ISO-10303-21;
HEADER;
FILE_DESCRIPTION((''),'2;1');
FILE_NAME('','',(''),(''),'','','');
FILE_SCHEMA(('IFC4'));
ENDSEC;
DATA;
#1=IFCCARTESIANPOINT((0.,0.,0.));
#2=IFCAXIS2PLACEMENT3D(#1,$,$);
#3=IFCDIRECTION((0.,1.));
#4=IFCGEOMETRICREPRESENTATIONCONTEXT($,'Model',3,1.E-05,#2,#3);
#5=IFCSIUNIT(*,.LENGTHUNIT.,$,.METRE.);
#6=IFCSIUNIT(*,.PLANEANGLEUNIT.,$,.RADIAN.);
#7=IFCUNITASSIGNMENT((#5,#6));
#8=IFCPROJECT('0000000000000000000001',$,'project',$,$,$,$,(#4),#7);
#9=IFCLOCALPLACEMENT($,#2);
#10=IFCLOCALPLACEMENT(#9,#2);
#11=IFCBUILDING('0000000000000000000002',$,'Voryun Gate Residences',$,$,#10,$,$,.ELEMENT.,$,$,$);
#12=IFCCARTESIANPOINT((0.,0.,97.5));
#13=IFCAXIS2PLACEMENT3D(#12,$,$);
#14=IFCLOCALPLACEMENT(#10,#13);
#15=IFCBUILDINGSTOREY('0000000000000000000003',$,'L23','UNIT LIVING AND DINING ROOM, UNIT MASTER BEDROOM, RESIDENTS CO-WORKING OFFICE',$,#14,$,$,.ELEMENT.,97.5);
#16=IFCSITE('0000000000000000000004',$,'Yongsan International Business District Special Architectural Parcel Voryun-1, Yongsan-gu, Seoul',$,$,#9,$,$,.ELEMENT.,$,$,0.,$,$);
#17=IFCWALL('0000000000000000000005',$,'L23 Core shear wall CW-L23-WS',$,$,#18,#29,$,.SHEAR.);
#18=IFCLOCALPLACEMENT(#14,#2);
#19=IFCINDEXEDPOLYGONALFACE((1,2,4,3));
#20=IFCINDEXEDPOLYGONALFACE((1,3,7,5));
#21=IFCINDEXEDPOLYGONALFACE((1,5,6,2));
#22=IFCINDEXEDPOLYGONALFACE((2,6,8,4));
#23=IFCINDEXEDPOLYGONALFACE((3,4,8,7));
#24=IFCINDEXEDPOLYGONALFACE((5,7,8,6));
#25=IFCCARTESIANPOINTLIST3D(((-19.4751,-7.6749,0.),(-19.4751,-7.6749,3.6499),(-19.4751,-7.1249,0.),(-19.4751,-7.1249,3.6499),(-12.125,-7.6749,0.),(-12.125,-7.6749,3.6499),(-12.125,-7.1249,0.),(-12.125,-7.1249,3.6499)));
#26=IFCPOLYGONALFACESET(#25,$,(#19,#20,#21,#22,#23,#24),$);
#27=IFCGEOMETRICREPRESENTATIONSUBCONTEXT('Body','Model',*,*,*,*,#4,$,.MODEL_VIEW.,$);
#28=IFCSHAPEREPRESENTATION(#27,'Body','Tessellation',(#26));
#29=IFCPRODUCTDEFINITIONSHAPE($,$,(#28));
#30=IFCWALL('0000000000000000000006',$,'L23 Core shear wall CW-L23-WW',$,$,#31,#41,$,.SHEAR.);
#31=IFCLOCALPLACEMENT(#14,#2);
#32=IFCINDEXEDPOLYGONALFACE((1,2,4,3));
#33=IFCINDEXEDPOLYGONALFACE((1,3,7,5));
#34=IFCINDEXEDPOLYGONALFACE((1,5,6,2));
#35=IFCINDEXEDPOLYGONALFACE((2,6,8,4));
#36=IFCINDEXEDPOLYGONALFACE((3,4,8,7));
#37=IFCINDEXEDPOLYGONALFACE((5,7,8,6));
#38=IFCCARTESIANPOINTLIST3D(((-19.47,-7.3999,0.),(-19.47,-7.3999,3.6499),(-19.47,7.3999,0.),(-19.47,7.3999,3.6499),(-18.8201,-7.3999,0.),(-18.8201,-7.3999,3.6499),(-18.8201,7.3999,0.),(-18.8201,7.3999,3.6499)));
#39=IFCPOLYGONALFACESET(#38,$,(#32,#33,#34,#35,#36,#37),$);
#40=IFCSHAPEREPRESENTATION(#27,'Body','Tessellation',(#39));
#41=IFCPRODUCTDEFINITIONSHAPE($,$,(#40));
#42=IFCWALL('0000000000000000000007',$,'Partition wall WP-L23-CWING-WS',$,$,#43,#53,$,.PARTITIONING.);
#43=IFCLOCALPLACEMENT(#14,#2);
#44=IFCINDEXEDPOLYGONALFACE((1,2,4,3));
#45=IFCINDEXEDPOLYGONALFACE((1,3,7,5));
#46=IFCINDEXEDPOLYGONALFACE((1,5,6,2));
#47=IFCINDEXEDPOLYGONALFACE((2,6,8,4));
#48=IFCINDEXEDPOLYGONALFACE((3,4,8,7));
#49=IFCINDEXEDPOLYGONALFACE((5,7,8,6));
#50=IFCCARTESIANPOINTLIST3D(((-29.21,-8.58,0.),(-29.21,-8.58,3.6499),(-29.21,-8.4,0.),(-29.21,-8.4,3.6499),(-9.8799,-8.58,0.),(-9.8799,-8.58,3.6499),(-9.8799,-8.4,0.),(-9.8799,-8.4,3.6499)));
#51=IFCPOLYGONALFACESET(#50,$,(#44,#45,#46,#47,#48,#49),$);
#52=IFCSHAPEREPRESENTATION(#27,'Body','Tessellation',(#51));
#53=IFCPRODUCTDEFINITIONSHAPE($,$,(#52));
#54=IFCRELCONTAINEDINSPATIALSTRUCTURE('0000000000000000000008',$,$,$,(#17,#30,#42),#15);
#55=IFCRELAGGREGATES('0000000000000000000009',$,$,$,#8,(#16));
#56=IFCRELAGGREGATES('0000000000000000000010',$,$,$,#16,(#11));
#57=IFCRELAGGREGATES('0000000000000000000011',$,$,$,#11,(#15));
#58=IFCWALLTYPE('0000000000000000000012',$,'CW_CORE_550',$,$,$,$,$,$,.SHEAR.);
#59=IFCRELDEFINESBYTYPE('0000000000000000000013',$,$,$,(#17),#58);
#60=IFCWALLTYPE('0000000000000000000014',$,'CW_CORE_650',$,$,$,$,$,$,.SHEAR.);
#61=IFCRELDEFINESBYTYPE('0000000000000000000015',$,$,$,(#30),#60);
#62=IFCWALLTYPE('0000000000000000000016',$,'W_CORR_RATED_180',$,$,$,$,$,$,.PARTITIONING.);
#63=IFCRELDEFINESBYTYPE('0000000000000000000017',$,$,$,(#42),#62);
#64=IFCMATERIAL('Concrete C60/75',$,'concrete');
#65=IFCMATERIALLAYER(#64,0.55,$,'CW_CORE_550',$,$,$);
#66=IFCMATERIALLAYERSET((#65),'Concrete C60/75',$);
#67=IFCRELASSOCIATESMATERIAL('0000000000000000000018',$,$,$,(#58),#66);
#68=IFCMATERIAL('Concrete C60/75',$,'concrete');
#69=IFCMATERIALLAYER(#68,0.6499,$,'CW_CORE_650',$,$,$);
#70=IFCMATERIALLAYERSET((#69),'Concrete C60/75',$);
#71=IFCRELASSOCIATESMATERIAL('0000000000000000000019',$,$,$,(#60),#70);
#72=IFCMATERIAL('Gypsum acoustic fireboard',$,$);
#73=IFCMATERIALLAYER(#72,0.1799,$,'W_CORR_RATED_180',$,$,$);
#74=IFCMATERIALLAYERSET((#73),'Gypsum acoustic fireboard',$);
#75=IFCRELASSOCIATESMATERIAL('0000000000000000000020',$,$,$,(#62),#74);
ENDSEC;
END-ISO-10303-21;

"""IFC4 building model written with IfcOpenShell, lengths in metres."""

from ifc_helpers import new_model, si_unit, direction, frame, frame_2d, origin, place, context, subcontext, project, spatial, rectangle, extrude, material, layer, layer_set, type_object, element, save


model = new_model("IFC4")

# Units and contexts
model_context = context("Model", 3, precision=1e-05, world=origin(), true_north=direction((0.0, 1.0)))
body_context = subcontext(model_context, "Body", "Model", "MODEL_VIEW")
ifc_project = project(units=[si_unit("LENGTHUNIT", "METRE"), si_unit("PLANEANGLEUNIT", "RADIAN")], contexts=[model_context])

# Site, building, storey
site_placement = place(None, origin())
site = spatial("IfcSite", under=ifc_project, at=site_placement, Name="Yongsan International Business District Special Architectural Parcel Voryun-1, Yongsan-gu, Seoul", CompositionType="ELEMENT", RefElevation=0.0)
building_placement = place(site_placement, origin())
building = spatial("IfcBuilding", under=site, at=building_placement, Name="Voryun Gate Residences", CompositionType="ELEMENT")
storey_placement = place(building_placement, frame((0.0, 0.0, 97.5)))
storey = spatial("IfcBuildingStorey", under=building, at=storey_placement, Name="L23", Description="UNIT LIVING AND DINING ROOM, UNIT MASTER BEDROOM, RESIDENTS CO-WORKING OFFICE", CompositionType="ELEMENT", Elevation=97.5)

# Walls
ifc_material_1 = material(Name="Concrete C60/75", Category="concrete")
ifc_layer_1 = layer(ifc_material_1, 0.55, Name="CW_CORE_550")
ifc_layer_set_1 = layer_set([ifc_layer_1], Name="Concrete C60/75")
wall_type_1 = type_object("IfcWallType", Name="CW_CORE_550", PredefinedType="SHEAR", material=ifc_layer_set_1)
wall_1_placement = place(storey_placement, frame((-19.4751, -7.3999, 0.0), z_axis=(0.0, 0.0, 1.0), x_axis=(1.0, 0.0, 0.0)))
element("IfcWall", 1, at=wall_1_placement, inside=storey, type_object=wall_type_1, Name="L23 Core shear wall CW-L23-WS", PredefinedType="SHEAR", context=body_context, shape_type="SweptSolid", body=[
    extrude(rectangle(XDim=7.3501, YDim=0.55, at=frame_2d((3.675, 0.0))), origin(), (0.0, 0.0, 1.0), 3.6499),
])
ifc_material_2 = material(Name="Concrete C60/75", Category="concrete")
ifc_layer_2 = layer(ifc_material_2, 0.6499, Name="CW_CORE_650")
ifc_layer_set_2 = layer_set([ifc_layer_2], Name="Concrete C60/75")
wall_type_2 = type_object("IfcWallType", Name="CW_CORE_650", PredefinedType="SHEAR", material=ifc_layer_set_2)
wall_2_placement = place(storey_placement, frame((-19.145, -7.3999, 0.0), z_axis=(0.0, 0.0, 1.0), x_axis=(0.0, 1.0, 0.0)))
element("IfcWall", 2, at=wall_2_placement, inside=storey, type_object=wall_type_2, Name="L23 Core shear wall CW-L23-WW", PredefinedType="SHEAR", context=body_context, shape_type="SweptSolid", body=[
    extrude(rectangle(XDim=14.7998, YDim=0.6499, at=frame_2d((7.3999, 0.0))), origin(), (0.0, 0.0, 1.0), 3.6499),
])
ifc_material_3 = material(Name="Gypsum acoustic fireboard")
ifc_layer_3 = layer(ifc_material_3, 0.1799, Name="W_CORR_RATED_180")
ifc_layer_set_3 = layer_set([ifc_layer_3], Name="Gypsum acoustic fireboard")
wall_type_3 = type_object("IfcWallType", Name="W_CORR_RATED_180", PredefinedType="PARTITIONING", material=ifc_layer_set_3)
wall_3_placement = place(storey_placement, frame((-29.21, -8.49, 0.0), z_axis=(0.0, 0.0, 1.0), x_axis=(1.0, 0.0, 0.0)))
element("IfcWall", 3, at=wall_3_placement, inside=storey, type_object=wall_type_3, Name="Partition wall WP-L23-CWING-WS", PredefinedType="PARTITIONING", context=body_context, shape_type="SweptSolid", body=[
    extrude(rectangle(XDim=19.3301, YDim=0.1799, at=frame_2d((9.665, 0.0))), origin(), (0.0, 0.0, 1.0), 3.6499),
])

save(model, "model.ifc")
